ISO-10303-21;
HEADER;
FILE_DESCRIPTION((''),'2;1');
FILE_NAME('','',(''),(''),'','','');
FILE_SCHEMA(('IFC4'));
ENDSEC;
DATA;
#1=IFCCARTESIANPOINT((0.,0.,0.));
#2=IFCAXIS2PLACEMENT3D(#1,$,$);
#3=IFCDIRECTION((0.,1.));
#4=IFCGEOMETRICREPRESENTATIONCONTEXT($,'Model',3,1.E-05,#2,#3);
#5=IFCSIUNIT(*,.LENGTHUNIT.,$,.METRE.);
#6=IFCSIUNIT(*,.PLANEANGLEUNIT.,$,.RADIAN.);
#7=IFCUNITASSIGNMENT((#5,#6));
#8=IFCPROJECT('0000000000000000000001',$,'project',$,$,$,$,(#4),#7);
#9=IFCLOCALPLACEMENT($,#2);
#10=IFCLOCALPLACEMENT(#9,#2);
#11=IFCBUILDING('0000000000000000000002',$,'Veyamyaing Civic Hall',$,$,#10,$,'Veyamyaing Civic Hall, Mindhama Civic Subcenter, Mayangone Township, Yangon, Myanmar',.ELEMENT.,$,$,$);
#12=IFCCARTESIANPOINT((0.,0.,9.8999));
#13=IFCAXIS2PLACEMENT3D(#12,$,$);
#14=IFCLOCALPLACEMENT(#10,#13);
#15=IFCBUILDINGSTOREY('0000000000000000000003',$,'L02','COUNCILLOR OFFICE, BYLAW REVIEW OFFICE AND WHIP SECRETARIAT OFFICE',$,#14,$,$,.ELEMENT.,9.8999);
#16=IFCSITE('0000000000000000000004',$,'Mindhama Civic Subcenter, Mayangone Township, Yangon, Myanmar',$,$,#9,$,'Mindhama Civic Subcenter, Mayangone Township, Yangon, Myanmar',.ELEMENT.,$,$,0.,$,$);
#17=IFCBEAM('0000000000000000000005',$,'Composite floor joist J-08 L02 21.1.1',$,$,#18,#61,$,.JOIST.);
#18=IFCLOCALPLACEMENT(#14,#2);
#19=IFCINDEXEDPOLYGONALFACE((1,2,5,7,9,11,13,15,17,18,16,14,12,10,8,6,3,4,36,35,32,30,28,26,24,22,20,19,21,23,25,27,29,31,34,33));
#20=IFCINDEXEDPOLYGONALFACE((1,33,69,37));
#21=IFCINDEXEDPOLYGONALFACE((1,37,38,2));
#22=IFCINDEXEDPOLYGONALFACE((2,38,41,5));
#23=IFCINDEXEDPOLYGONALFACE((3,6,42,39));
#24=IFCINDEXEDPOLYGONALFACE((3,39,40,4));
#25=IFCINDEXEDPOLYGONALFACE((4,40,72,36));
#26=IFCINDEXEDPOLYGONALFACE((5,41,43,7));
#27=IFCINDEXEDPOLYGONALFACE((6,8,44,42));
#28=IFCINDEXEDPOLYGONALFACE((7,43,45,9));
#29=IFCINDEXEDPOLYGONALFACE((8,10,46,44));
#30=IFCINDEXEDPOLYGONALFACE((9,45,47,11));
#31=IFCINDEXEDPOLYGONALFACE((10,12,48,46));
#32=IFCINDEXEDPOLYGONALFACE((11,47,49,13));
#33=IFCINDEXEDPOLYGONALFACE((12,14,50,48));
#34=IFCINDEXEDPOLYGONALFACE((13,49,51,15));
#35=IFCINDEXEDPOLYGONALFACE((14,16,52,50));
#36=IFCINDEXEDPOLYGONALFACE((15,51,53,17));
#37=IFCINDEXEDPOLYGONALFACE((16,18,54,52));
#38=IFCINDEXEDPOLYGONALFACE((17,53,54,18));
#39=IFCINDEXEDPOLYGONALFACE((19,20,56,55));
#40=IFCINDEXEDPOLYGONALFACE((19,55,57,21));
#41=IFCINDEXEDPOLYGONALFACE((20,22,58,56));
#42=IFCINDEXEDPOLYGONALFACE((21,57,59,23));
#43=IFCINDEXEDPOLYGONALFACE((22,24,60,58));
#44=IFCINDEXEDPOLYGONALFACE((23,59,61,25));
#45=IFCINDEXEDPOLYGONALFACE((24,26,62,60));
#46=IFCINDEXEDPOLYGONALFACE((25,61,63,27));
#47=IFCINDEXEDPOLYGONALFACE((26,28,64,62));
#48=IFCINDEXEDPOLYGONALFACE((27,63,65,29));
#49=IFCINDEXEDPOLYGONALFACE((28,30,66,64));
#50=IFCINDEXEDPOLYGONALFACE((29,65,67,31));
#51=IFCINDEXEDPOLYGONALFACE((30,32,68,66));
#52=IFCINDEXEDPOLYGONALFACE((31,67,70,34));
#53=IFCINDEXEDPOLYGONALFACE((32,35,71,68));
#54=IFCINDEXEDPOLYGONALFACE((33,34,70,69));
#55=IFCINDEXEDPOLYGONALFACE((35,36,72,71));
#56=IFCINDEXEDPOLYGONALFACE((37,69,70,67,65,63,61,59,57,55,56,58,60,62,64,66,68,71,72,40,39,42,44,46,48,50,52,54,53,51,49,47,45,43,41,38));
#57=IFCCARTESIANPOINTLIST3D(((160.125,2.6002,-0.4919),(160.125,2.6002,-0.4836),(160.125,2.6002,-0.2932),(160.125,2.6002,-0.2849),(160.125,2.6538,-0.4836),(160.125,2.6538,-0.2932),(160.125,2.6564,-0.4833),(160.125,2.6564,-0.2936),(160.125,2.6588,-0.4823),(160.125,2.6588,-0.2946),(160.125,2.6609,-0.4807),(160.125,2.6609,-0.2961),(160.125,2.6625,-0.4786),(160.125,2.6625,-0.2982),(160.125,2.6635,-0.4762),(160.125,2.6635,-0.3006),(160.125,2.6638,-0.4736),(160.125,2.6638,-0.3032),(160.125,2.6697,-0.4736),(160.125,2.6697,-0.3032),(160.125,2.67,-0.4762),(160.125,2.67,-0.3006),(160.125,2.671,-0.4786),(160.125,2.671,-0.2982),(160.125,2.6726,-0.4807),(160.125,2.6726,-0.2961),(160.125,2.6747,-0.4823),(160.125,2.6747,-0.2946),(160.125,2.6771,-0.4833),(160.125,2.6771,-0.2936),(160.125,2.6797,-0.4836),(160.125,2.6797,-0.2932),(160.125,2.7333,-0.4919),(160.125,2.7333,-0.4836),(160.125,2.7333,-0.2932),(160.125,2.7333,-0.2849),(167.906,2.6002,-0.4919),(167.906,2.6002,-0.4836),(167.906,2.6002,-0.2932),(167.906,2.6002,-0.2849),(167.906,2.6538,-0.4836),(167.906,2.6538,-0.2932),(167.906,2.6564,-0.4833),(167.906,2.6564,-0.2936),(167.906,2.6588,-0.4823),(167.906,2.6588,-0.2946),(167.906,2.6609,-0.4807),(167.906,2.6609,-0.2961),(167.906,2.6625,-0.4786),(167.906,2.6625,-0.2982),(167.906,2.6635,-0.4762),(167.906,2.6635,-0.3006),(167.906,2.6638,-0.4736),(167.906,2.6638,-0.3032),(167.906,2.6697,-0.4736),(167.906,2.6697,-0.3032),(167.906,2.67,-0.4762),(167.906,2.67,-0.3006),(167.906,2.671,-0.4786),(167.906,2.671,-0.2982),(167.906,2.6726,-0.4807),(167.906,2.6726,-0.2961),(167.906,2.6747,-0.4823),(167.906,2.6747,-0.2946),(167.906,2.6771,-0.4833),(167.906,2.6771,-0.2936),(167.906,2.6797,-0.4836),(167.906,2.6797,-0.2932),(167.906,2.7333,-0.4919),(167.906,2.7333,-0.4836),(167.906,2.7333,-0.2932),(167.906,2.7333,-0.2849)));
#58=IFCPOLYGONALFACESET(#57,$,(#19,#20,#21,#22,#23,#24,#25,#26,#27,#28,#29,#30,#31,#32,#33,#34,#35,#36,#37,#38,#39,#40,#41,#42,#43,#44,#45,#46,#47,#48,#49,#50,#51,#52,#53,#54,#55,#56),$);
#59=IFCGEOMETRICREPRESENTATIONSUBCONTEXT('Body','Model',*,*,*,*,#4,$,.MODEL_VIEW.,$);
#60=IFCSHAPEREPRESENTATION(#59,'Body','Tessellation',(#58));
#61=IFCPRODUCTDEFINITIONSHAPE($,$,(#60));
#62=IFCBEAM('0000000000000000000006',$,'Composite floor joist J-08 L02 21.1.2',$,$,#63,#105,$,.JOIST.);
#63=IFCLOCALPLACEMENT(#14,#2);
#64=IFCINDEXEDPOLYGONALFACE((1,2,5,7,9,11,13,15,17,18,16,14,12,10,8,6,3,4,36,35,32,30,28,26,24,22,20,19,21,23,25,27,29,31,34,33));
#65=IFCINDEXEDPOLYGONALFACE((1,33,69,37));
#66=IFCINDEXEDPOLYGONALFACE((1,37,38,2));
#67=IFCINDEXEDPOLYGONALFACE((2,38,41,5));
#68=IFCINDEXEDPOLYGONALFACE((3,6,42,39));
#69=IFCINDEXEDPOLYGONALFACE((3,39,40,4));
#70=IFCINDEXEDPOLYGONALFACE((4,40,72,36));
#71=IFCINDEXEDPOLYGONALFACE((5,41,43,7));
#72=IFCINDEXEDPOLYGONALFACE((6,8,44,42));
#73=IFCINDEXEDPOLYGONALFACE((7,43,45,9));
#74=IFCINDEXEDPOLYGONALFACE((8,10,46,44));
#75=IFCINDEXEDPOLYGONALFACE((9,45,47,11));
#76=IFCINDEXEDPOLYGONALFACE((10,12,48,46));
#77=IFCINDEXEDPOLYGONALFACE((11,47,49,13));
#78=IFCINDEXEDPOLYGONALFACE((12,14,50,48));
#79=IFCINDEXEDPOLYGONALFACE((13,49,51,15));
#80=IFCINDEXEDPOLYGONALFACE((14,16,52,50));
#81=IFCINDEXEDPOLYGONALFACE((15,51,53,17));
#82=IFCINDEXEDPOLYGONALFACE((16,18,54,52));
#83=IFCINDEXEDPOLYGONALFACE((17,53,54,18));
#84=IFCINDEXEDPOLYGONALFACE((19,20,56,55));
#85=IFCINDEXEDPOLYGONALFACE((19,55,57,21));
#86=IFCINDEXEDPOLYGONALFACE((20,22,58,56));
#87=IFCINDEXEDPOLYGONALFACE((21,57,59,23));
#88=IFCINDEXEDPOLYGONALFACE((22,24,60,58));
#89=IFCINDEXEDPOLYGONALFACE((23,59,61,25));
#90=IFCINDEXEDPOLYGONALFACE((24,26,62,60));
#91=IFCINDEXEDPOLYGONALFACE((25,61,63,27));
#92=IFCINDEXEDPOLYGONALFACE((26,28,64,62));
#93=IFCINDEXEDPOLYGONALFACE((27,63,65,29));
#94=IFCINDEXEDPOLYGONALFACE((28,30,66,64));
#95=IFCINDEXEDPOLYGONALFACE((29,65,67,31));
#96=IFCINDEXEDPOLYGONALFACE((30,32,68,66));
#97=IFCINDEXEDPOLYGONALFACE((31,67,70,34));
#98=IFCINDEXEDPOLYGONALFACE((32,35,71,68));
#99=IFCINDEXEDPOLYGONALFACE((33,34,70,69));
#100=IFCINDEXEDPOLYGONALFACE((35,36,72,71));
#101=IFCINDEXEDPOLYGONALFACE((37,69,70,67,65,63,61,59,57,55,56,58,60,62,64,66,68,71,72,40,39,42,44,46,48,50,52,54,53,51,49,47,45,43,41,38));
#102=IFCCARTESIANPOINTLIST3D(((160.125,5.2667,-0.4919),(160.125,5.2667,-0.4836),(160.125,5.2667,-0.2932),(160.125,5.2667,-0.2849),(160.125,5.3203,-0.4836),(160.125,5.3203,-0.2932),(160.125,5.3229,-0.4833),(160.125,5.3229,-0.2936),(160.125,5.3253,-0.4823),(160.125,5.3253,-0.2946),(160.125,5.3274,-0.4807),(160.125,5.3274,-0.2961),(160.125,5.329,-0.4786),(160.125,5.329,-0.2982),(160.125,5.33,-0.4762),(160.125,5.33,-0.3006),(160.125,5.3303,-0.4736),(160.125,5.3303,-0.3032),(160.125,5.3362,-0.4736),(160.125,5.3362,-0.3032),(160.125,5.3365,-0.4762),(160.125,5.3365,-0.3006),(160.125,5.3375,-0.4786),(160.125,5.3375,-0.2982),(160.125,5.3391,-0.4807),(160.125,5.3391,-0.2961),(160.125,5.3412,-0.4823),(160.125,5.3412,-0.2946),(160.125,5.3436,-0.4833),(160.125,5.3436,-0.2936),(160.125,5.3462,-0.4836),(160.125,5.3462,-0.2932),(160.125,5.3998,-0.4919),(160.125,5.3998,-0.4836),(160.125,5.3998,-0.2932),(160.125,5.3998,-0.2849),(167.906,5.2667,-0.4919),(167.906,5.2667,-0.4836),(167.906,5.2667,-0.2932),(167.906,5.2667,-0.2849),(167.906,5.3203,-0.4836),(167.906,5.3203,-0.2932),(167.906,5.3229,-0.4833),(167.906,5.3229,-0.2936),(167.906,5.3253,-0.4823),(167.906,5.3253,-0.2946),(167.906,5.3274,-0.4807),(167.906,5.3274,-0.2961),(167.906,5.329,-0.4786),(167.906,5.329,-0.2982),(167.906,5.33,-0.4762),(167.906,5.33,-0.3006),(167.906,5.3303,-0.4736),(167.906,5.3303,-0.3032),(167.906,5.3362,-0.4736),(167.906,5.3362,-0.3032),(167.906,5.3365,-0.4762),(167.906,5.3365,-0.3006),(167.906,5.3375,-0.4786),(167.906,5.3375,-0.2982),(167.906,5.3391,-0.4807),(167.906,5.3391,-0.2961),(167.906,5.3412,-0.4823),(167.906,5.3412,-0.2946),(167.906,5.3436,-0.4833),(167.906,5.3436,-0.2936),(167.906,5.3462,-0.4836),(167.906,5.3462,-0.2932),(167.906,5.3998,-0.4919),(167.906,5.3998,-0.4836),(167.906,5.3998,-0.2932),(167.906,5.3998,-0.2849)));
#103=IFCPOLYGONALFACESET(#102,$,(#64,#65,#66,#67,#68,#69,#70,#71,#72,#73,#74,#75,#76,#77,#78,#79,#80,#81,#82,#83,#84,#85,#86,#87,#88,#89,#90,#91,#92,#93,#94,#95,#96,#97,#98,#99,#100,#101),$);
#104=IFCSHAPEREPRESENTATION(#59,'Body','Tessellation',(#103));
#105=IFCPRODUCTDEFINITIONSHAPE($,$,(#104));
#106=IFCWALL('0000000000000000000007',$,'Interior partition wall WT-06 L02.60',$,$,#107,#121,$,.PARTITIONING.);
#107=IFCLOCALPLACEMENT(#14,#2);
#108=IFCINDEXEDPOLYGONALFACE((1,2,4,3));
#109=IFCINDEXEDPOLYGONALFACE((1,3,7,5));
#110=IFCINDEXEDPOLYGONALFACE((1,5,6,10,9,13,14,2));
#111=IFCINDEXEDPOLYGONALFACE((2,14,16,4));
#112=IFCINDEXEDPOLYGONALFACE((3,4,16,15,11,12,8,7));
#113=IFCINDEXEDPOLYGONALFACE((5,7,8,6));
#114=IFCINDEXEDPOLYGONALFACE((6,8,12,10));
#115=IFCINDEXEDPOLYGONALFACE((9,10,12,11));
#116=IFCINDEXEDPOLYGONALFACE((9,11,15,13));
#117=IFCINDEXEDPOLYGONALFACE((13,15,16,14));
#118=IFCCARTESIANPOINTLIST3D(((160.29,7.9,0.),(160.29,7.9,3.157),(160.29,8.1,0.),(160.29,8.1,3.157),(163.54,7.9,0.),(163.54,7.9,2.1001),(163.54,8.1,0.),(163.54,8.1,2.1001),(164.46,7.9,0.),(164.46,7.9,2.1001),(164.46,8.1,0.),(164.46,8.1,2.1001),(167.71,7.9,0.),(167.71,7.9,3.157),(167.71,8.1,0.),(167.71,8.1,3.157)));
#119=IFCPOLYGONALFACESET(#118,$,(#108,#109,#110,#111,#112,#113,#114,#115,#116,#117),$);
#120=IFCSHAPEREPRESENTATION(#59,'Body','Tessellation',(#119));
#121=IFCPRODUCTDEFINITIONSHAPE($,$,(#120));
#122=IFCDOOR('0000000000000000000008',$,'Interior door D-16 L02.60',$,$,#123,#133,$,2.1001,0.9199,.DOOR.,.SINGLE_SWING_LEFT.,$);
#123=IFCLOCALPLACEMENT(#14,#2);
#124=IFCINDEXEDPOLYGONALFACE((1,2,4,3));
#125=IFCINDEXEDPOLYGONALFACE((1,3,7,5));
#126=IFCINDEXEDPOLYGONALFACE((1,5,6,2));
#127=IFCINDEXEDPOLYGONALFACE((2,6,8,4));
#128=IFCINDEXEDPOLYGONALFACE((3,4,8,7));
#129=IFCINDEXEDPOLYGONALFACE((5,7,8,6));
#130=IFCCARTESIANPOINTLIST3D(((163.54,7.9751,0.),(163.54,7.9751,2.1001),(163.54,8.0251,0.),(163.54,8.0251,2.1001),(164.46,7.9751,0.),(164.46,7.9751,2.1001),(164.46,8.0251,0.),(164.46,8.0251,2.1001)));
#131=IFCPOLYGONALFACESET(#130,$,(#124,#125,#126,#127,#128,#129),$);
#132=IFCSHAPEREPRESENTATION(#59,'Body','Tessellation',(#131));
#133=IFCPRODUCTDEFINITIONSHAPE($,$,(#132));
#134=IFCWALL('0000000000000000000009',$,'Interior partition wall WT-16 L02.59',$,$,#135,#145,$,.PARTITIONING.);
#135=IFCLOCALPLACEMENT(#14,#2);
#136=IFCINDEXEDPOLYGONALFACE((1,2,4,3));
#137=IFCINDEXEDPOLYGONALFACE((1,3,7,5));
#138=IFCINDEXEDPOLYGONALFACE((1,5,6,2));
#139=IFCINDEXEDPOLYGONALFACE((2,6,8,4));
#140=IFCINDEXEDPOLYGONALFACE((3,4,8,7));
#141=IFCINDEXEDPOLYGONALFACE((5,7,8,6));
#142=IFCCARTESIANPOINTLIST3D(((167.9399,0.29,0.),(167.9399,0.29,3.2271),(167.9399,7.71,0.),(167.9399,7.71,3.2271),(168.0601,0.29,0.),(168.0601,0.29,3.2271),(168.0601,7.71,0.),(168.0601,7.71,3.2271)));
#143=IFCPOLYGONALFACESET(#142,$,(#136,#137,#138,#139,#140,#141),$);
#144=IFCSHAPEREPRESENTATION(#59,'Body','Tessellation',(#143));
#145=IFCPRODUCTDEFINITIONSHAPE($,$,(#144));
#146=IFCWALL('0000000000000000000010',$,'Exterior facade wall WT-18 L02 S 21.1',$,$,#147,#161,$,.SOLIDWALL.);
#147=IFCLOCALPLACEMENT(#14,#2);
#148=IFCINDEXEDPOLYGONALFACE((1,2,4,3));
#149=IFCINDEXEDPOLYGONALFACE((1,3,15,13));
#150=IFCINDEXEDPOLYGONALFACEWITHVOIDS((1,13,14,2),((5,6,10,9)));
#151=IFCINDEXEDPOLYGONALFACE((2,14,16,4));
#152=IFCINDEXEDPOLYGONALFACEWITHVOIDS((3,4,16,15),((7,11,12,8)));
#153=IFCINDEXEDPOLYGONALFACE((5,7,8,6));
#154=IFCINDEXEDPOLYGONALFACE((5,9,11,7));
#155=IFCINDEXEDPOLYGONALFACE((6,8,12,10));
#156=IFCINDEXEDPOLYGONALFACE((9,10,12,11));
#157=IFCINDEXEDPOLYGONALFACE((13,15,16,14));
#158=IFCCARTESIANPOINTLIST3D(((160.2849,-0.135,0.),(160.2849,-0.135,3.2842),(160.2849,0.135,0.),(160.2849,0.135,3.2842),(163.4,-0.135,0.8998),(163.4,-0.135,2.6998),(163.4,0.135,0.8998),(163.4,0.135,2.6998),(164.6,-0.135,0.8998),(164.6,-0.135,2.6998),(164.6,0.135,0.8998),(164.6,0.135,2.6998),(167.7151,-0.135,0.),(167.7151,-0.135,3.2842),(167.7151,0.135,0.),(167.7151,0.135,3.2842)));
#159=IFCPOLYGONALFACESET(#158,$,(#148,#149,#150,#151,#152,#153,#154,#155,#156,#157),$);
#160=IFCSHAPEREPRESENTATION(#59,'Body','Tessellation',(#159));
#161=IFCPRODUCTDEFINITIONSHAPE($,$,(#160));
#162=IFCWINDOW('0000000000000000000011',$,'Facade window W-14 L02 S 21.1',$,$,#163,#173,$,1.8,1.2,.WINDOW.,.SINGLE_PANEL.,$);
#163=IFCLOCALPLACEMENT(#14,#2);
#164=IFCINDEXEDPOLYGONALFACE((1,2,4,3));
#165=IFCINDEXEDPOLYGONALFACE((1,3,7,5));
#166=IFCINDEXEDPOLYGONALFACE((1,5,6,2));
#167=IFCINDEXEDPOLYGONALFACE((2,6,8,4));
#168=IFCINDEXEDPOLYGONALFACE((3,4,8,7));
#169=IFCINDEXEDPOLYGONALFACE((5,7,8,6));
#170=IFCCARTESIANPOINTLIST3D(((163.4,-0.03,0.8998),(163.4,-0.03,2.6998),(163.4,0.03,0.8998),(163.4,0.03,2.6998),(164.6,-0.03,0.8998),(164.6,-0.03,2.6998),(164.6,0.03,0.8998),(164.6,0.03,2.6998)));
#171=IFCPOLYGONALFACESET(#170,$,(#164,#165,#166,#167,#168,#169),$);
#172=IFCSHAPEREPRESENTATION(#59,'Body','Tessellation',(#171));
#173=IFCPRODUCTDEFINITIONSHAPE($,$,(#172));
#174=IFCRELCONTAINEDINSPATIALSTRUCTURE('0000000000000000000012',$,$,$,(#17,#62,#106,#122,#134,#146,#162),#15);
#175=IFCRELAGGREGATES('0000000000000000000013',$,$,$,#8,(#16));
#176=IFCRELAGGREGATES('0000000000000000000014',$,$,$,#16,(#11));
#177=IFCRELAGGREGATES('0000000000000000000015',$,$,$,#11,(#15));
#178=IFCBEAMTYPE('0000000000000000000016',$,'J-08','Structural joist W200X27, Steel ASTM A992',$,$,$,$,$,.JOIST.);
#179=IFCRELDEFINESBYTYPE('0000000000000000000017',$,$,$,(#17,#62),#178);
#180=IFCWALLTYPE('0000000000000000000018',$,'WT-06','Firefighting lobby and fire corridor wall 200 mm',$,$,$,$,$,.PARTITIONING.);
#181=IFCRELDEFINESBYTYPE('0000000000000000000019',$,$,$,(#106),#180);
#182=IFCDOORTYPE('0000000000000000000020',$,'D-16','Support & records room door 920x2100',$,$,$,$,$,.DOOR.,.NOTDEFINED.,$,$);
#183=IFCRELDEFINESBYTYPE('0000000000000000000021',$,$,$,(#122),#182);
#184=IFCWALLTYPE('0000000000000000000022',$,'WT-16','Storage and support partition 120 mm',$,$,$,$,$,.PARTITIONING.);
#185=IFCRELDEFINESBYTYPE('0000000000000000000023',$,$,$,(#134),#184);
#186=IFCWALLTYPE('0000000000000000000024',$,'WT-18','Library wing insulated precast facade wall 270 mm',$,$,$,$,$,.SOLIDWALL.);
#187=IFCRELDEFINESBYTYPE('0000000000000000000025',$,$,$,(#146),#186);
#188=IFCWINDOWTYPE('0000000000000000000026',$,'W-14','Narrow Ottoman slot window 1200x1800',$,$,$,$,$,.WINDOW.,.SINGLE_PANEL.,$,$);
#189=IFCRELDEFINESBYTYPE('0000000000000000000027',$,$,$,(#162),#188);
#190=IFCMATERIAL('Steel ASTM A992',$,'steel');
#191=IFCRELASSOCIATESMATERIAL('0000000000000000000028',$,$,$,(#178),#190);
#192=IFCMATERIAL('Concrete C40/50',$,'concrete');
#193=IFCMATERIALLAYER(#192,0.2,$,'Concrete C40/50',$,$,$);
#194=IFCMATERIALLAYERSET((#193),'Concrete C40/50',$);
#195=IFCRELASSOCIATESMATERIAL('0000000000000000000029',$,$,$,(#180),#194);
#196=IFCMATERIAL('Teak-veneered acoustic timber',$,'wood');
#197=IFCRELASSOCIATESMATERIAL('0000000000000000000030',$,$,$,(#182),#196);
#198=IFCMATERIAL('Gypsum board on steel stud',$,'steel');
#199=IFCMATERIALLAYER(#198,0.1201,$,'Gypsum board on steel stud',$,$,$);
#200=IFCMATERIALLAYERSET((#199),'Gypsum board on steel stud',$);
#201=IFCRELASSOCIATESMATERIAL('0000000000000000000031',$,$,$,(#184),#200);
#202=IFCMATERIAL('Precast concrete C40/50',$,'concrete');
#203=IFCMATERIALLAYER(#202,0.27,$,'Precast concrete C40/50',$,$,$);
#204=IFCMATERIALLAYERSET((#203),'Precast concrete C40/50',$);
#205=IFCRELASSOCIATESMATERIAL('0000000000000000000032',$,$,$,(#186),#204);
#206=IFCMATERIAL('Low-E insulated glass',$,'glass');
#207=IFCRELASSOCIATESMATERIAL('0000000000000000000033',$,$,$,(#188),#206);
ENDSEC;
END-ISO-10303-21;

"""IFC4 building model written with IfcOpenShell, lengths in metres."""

from ifc_helpers import new_model, si_unit, direction, frame, frame_2d, origin, origin_2d, place, context, subcontext, project, spatial, rectangle, i_section, extrude, material, layer, layer_set, material_profile, profile_set, type_object, element, fill, save


model = new_model("IFC4")

# Units and contexts
model_context = context("Model", 3, precision=1e-05, world=origin(), true_north=direction((0.0, 1.0)))
body_context = subcontext(model_context, "Body", "Model", "MODEL_VIEW")
ifc_project = project(units=[si_unit("LENGTHUNIT", "METRE"), si_unit("PLANEANGLEUNIT", "RADIAN")], contexts=[model_context])

# Site, building, storey
site_placement = place(None, origin())
site = spatial("IfcSite", under=ifc_project, at=site_placement, Name="Mindhama Civic Subcenter, Mayangone Township, Yangon, Myanmar", LongName="Mindhama Civic Subcenter, Mayangone Township, Yangon, Myanmar", CompositionType="ELEMENT", RefElevation=0.0)
building_placement = place(site_placement, origin())
building = spatial("IfcBuilding", under=site, at=building_placement, Name="Veyamyaing Civic Hall", LongName="Veyamyaing Civic Hall, Mindhama Civic Subcenter, Mayangone Township, Yangon, Myanmar", CompositionType="ELEMENT")
storey_placement = place(building_placement, frame((0.0, 0.0, 9.8999)))
storey = spatial("IfcBuildingStorey", under=building, at=storey_placement, Name="L02", Description="COUNCILLOR OFFICE, BYLAW REVIEW OFFICE AND WHIP SECRETARIAT OFFICE", CompositionType="ELEMENT", Elevation=9.8999)

# Beams
ifc_material_1 = material(Name="Steel ASTM A992", Category="steel")
ifc_material_profile_1 = material_profile(ifc_material_1, i_section(OverallWidth=0.1331, OverallDepth=0.207, WebThickness=0.0059, FlangeThickness=0.0083, FilletRadius=0.01, at=origin_2d()), Name="W200X27")
ifc_profile_set_1 = profile_set([ifc_material_profile_1], Name="Steel ASTM A992")
beam_type_1 = type_object("IfcBeamType", Name="J-08", Description="Structural joist W200X27, Steel ASTM A992", PredefinedType="JOIST", material=ifc_profile_set_1)
for number, where, z_axis, x_axis, name in (
    (1, (160.125, 2.6667, -0.3884), (1.0, 0.0, 0.0), (0.0, 1.0, 0.0), "Composite floor joist J-08 L02 21.1.1"),
    (2, (160.125, 5.3333, -0.3884), (1.0, 0.0, 0.0), (0.0, 1.0, 0.0), "Composite floor joist J-08 L02 21.1.2"),
):
    element("IfcBeam", number, at=place(storey_placement, frame(where, z_axis=z_axis, x_axis=x_axis)), inside=storey, type_object=beam_type_1, Name=name, PredefinedType="JOIST", context=body_context, shape_type="SweptSolid", body=[
        extrude(i_section(OverallWidth=0.1331, OverallDepth=0.207, WebThickness=0.0059, FlangeThickness=0.0083, FilletRadius=0.01, at=origin_2d()), origin(), (0.0, 0.0, 1.0), 7.781),
    ])

# Wall, opening, door
ifc_material_2 = material(Name="Concrete C40/50", Category="concrete")
ifc_layer_1 = layer(ifc_material_2, 0.2, Name="Concrete C40/50")
ifc_layer_set_1 = layer_set([ifc_layer_1], Name="Concrete C40/50")
wall_type_1 = type_object("IfcWallType", Name="WT-06", Description="Firefighting lobby and fire corridor wall 200 mm", PredefinedType="PARTITIONING", material=ifc_layer_set_1)
wall_1_placement = place(storey_placement, frame((160.29, 8.0, 0.0), z_axis=(0.0, 0.0, 1.0), x_axis=(1.0, 0.0, 0.0)))
wall_1 = element("IfcWall", 3, at=wall_1_placement, inside=storey, type_object=wall_type_1, Name="Interior partition wall WT-06 L02.60", PredefinedType="PARTITIONING", context=body_context, shape_type="SweptSolid", body=[
    extrude(rectangle(XDim=7.4199, YDim=0.2, at=frame_2d((3.71, 0.0))), origin(), (0.0, 0.0, 1.0), 3.157),
])
opening_1_placement = place(wall_1_placement, frame((3.25, 0.0, 0.0)))
opening_1 = element("IfcOpeningElement", 4, at=opening_1_placement, cuts=wall_1, PredefinedType="OPENING", context=body_context, shape_type="SweptSolid", body=[
    extrude(rectangle(XDim=0.9199, YDim=2.1001, at=frame_2d((0.46, 1.05))), frame((0.0, 0.1099, 0.0), z_axis=(0.0, -1.0, 0.0), x_axis=(1.0, 0.0, 0.0)), (0.0, 0.0, 1.0), 0.22),
])
ifc_material_3 = material(Name="Teak-veneered acoustic timber", Category="wood")
door_type = type_object("IfcDoorType", Name="D-16", Description="Support & records room door 920x2100", OperationType="NOTDEFINED", PredefinedType="DOOR", material=ifc_material_3)
door_placement = place(opening_1_placement, frame((0.9199, 0.0, 0.0), z_axis=(0.0, 0.0, 1.0), x_axis=(-1.0, 0.0, 0.0)))
door = element("IfcDoor", 5, at=door_placement, inside=storey, type_object=door_type, Name="Interior door D-16 L02.60", OperationType="SINGLE_SWING_LEFT", OverallHeight=2.1001, OverallWidth=0.9199, PredefinedType="DOOR", context=body_context, shape_type="SweptSolid", body=[
    extrude(rectangle(XDim=0.9199, YDim=2.1001, at=frame_2d((0.46, 1.05))), frame((0.0, 0.0249, 0.0), z_axis=(0.0, -1.0, 0.0), x_axis=(1.0, 0.0, 0.0)), (0.0, 0.0, 1.0), 0.05),
])
fill(opening_1, door)

# Wall
ifc_material_4 = material(Name="Gypsum board on steel stud", Category="steel")
ifc_layer_2 = layer(ifc_material_4, 0.1201, Name="Gypsum board on steel stud")
ifc_layer_set_2 = layer_set([ifc_layer_2], Name="Gypsum board on steel stud")
wall_type_2 = type_object("IfcWallType", Name="WT-16", Description="Storage and support partition 120 mm", PredefinedType="PARTITIONING", material=ifc_layer_set_2)
wall_2_placement = place(storey_placement, frame((168.0, 0.29, 0.0), z_axis=(0.0, 0.0, 1.0), x_axis=(0.0, 1.0, 0.0)))
element("IfcWall", 6, at=wall_2_placement, inside=storey, type_object=wall_type_2, Name="Interior partition wall WT-16 L02.59", PredefinedType="PARTITIONING", context=body_context, shape_type="SweptSolid", body=[
    extrude(rectangle(XDim=7.4199, YDim=0.1201, at=frame_2d((3.71, 0.0))), origin(), (0.0, 0.0, 1.0), 3.2271),
])

# Wall, opening, window
ifc_material_5 = material(Name="Precast concrete C40/50", Category="concrete")
ifc_layer_3 = layer(ifc_material_5, 0.27, Name="Precast concrete C40/50")
ifc_layer_set_3 = layer_set([ifc_layer_3], Name="Precast concrete C40/50")
wall_type_3 = type_object("IfcWallType", Name="WT-18", Description="Library wing insulated precast facade wall 270 mm", PredefinedType="SOLIDWALL", material=ifc_layer_set_3)
wall_3_placement = place(storey_placement, frame((160.2849, 0.0, 0.0), z_axis=(0.0, 0.0, 1.0), x_axis=(1.0, 0.0, 0.0)))
wall_3 = element("IfcWall", 7, at=wall_3_placement, inside=storey, type_object=wall_type_3, Name="Exterior facade wall WT-18 L02 S 21.1", PredefinedType="SOLIDWALL", context=body_context, shape_type="SweptSolid", body=[
    extrude(rectangle(XDim=7.4302, YDim=0.27, at=frame_2d((3.7151, 0.0))), origin(), (0.0, 0.0, 1.0), 3.2842),
])
opening_2_placement = place(wall_3_placement, frame((3.115, 0.0, 0.8999)))
opening_2 = element("IfcOpeningElement", 8, at=opening_2_placement, cuts=wall_3, PredefinedType="OPENING", context=body_context, shape_type="SweptSolid", body=[
    extrude(rectangle(XDim=1.2, YDim=1.8, at=frame_2d((0.6001, 0.8999))), frame((0.0, 0.145, 0.0), z_axis=(0.0, -1.0, 0.0), x_axis=(1.0, 0.0, 0.0)), (0.0, 0.0, 1.0), 0.29),
])
ifc_material_6 = material(Name="Low-E insulated glass", Category="glass")
window_type = type_object("IfcWindowType", Name="W-14", Description="Narrow Ottoman slot window 1200x1800", PartitioningType="SINGLE_PANEL", PredefinedType="WINDOW", material=ifc_material_6)
window_placement = place(opening_2_placement, origin())
window = element("IfcWindow", 9, at=window_placement, inside=storey, type_object=window_type, Name="Facade window W-14 L02 S 21.1", OverallHeight=1.8, OverallWidth=1.2, PartitioningType="SINGLE_PANEL", PredefinedType="WINDOW", context=body_context, shape_type="SweptSolid", body=[
    extrude(rectangle(XDim=1.2, YDim=1.8, at=frame_2d((0.6001, 0.8999))), frame((0.0, 0.03, 0.0), z_axis=(0.0, -1.0, 0.0), x_axis=(1.0, 0.0, 0.0)), (0.0, 0.0, 1.0), 0.0601),
])
fill(opening_2, window)

save(model, "model.ifc")
